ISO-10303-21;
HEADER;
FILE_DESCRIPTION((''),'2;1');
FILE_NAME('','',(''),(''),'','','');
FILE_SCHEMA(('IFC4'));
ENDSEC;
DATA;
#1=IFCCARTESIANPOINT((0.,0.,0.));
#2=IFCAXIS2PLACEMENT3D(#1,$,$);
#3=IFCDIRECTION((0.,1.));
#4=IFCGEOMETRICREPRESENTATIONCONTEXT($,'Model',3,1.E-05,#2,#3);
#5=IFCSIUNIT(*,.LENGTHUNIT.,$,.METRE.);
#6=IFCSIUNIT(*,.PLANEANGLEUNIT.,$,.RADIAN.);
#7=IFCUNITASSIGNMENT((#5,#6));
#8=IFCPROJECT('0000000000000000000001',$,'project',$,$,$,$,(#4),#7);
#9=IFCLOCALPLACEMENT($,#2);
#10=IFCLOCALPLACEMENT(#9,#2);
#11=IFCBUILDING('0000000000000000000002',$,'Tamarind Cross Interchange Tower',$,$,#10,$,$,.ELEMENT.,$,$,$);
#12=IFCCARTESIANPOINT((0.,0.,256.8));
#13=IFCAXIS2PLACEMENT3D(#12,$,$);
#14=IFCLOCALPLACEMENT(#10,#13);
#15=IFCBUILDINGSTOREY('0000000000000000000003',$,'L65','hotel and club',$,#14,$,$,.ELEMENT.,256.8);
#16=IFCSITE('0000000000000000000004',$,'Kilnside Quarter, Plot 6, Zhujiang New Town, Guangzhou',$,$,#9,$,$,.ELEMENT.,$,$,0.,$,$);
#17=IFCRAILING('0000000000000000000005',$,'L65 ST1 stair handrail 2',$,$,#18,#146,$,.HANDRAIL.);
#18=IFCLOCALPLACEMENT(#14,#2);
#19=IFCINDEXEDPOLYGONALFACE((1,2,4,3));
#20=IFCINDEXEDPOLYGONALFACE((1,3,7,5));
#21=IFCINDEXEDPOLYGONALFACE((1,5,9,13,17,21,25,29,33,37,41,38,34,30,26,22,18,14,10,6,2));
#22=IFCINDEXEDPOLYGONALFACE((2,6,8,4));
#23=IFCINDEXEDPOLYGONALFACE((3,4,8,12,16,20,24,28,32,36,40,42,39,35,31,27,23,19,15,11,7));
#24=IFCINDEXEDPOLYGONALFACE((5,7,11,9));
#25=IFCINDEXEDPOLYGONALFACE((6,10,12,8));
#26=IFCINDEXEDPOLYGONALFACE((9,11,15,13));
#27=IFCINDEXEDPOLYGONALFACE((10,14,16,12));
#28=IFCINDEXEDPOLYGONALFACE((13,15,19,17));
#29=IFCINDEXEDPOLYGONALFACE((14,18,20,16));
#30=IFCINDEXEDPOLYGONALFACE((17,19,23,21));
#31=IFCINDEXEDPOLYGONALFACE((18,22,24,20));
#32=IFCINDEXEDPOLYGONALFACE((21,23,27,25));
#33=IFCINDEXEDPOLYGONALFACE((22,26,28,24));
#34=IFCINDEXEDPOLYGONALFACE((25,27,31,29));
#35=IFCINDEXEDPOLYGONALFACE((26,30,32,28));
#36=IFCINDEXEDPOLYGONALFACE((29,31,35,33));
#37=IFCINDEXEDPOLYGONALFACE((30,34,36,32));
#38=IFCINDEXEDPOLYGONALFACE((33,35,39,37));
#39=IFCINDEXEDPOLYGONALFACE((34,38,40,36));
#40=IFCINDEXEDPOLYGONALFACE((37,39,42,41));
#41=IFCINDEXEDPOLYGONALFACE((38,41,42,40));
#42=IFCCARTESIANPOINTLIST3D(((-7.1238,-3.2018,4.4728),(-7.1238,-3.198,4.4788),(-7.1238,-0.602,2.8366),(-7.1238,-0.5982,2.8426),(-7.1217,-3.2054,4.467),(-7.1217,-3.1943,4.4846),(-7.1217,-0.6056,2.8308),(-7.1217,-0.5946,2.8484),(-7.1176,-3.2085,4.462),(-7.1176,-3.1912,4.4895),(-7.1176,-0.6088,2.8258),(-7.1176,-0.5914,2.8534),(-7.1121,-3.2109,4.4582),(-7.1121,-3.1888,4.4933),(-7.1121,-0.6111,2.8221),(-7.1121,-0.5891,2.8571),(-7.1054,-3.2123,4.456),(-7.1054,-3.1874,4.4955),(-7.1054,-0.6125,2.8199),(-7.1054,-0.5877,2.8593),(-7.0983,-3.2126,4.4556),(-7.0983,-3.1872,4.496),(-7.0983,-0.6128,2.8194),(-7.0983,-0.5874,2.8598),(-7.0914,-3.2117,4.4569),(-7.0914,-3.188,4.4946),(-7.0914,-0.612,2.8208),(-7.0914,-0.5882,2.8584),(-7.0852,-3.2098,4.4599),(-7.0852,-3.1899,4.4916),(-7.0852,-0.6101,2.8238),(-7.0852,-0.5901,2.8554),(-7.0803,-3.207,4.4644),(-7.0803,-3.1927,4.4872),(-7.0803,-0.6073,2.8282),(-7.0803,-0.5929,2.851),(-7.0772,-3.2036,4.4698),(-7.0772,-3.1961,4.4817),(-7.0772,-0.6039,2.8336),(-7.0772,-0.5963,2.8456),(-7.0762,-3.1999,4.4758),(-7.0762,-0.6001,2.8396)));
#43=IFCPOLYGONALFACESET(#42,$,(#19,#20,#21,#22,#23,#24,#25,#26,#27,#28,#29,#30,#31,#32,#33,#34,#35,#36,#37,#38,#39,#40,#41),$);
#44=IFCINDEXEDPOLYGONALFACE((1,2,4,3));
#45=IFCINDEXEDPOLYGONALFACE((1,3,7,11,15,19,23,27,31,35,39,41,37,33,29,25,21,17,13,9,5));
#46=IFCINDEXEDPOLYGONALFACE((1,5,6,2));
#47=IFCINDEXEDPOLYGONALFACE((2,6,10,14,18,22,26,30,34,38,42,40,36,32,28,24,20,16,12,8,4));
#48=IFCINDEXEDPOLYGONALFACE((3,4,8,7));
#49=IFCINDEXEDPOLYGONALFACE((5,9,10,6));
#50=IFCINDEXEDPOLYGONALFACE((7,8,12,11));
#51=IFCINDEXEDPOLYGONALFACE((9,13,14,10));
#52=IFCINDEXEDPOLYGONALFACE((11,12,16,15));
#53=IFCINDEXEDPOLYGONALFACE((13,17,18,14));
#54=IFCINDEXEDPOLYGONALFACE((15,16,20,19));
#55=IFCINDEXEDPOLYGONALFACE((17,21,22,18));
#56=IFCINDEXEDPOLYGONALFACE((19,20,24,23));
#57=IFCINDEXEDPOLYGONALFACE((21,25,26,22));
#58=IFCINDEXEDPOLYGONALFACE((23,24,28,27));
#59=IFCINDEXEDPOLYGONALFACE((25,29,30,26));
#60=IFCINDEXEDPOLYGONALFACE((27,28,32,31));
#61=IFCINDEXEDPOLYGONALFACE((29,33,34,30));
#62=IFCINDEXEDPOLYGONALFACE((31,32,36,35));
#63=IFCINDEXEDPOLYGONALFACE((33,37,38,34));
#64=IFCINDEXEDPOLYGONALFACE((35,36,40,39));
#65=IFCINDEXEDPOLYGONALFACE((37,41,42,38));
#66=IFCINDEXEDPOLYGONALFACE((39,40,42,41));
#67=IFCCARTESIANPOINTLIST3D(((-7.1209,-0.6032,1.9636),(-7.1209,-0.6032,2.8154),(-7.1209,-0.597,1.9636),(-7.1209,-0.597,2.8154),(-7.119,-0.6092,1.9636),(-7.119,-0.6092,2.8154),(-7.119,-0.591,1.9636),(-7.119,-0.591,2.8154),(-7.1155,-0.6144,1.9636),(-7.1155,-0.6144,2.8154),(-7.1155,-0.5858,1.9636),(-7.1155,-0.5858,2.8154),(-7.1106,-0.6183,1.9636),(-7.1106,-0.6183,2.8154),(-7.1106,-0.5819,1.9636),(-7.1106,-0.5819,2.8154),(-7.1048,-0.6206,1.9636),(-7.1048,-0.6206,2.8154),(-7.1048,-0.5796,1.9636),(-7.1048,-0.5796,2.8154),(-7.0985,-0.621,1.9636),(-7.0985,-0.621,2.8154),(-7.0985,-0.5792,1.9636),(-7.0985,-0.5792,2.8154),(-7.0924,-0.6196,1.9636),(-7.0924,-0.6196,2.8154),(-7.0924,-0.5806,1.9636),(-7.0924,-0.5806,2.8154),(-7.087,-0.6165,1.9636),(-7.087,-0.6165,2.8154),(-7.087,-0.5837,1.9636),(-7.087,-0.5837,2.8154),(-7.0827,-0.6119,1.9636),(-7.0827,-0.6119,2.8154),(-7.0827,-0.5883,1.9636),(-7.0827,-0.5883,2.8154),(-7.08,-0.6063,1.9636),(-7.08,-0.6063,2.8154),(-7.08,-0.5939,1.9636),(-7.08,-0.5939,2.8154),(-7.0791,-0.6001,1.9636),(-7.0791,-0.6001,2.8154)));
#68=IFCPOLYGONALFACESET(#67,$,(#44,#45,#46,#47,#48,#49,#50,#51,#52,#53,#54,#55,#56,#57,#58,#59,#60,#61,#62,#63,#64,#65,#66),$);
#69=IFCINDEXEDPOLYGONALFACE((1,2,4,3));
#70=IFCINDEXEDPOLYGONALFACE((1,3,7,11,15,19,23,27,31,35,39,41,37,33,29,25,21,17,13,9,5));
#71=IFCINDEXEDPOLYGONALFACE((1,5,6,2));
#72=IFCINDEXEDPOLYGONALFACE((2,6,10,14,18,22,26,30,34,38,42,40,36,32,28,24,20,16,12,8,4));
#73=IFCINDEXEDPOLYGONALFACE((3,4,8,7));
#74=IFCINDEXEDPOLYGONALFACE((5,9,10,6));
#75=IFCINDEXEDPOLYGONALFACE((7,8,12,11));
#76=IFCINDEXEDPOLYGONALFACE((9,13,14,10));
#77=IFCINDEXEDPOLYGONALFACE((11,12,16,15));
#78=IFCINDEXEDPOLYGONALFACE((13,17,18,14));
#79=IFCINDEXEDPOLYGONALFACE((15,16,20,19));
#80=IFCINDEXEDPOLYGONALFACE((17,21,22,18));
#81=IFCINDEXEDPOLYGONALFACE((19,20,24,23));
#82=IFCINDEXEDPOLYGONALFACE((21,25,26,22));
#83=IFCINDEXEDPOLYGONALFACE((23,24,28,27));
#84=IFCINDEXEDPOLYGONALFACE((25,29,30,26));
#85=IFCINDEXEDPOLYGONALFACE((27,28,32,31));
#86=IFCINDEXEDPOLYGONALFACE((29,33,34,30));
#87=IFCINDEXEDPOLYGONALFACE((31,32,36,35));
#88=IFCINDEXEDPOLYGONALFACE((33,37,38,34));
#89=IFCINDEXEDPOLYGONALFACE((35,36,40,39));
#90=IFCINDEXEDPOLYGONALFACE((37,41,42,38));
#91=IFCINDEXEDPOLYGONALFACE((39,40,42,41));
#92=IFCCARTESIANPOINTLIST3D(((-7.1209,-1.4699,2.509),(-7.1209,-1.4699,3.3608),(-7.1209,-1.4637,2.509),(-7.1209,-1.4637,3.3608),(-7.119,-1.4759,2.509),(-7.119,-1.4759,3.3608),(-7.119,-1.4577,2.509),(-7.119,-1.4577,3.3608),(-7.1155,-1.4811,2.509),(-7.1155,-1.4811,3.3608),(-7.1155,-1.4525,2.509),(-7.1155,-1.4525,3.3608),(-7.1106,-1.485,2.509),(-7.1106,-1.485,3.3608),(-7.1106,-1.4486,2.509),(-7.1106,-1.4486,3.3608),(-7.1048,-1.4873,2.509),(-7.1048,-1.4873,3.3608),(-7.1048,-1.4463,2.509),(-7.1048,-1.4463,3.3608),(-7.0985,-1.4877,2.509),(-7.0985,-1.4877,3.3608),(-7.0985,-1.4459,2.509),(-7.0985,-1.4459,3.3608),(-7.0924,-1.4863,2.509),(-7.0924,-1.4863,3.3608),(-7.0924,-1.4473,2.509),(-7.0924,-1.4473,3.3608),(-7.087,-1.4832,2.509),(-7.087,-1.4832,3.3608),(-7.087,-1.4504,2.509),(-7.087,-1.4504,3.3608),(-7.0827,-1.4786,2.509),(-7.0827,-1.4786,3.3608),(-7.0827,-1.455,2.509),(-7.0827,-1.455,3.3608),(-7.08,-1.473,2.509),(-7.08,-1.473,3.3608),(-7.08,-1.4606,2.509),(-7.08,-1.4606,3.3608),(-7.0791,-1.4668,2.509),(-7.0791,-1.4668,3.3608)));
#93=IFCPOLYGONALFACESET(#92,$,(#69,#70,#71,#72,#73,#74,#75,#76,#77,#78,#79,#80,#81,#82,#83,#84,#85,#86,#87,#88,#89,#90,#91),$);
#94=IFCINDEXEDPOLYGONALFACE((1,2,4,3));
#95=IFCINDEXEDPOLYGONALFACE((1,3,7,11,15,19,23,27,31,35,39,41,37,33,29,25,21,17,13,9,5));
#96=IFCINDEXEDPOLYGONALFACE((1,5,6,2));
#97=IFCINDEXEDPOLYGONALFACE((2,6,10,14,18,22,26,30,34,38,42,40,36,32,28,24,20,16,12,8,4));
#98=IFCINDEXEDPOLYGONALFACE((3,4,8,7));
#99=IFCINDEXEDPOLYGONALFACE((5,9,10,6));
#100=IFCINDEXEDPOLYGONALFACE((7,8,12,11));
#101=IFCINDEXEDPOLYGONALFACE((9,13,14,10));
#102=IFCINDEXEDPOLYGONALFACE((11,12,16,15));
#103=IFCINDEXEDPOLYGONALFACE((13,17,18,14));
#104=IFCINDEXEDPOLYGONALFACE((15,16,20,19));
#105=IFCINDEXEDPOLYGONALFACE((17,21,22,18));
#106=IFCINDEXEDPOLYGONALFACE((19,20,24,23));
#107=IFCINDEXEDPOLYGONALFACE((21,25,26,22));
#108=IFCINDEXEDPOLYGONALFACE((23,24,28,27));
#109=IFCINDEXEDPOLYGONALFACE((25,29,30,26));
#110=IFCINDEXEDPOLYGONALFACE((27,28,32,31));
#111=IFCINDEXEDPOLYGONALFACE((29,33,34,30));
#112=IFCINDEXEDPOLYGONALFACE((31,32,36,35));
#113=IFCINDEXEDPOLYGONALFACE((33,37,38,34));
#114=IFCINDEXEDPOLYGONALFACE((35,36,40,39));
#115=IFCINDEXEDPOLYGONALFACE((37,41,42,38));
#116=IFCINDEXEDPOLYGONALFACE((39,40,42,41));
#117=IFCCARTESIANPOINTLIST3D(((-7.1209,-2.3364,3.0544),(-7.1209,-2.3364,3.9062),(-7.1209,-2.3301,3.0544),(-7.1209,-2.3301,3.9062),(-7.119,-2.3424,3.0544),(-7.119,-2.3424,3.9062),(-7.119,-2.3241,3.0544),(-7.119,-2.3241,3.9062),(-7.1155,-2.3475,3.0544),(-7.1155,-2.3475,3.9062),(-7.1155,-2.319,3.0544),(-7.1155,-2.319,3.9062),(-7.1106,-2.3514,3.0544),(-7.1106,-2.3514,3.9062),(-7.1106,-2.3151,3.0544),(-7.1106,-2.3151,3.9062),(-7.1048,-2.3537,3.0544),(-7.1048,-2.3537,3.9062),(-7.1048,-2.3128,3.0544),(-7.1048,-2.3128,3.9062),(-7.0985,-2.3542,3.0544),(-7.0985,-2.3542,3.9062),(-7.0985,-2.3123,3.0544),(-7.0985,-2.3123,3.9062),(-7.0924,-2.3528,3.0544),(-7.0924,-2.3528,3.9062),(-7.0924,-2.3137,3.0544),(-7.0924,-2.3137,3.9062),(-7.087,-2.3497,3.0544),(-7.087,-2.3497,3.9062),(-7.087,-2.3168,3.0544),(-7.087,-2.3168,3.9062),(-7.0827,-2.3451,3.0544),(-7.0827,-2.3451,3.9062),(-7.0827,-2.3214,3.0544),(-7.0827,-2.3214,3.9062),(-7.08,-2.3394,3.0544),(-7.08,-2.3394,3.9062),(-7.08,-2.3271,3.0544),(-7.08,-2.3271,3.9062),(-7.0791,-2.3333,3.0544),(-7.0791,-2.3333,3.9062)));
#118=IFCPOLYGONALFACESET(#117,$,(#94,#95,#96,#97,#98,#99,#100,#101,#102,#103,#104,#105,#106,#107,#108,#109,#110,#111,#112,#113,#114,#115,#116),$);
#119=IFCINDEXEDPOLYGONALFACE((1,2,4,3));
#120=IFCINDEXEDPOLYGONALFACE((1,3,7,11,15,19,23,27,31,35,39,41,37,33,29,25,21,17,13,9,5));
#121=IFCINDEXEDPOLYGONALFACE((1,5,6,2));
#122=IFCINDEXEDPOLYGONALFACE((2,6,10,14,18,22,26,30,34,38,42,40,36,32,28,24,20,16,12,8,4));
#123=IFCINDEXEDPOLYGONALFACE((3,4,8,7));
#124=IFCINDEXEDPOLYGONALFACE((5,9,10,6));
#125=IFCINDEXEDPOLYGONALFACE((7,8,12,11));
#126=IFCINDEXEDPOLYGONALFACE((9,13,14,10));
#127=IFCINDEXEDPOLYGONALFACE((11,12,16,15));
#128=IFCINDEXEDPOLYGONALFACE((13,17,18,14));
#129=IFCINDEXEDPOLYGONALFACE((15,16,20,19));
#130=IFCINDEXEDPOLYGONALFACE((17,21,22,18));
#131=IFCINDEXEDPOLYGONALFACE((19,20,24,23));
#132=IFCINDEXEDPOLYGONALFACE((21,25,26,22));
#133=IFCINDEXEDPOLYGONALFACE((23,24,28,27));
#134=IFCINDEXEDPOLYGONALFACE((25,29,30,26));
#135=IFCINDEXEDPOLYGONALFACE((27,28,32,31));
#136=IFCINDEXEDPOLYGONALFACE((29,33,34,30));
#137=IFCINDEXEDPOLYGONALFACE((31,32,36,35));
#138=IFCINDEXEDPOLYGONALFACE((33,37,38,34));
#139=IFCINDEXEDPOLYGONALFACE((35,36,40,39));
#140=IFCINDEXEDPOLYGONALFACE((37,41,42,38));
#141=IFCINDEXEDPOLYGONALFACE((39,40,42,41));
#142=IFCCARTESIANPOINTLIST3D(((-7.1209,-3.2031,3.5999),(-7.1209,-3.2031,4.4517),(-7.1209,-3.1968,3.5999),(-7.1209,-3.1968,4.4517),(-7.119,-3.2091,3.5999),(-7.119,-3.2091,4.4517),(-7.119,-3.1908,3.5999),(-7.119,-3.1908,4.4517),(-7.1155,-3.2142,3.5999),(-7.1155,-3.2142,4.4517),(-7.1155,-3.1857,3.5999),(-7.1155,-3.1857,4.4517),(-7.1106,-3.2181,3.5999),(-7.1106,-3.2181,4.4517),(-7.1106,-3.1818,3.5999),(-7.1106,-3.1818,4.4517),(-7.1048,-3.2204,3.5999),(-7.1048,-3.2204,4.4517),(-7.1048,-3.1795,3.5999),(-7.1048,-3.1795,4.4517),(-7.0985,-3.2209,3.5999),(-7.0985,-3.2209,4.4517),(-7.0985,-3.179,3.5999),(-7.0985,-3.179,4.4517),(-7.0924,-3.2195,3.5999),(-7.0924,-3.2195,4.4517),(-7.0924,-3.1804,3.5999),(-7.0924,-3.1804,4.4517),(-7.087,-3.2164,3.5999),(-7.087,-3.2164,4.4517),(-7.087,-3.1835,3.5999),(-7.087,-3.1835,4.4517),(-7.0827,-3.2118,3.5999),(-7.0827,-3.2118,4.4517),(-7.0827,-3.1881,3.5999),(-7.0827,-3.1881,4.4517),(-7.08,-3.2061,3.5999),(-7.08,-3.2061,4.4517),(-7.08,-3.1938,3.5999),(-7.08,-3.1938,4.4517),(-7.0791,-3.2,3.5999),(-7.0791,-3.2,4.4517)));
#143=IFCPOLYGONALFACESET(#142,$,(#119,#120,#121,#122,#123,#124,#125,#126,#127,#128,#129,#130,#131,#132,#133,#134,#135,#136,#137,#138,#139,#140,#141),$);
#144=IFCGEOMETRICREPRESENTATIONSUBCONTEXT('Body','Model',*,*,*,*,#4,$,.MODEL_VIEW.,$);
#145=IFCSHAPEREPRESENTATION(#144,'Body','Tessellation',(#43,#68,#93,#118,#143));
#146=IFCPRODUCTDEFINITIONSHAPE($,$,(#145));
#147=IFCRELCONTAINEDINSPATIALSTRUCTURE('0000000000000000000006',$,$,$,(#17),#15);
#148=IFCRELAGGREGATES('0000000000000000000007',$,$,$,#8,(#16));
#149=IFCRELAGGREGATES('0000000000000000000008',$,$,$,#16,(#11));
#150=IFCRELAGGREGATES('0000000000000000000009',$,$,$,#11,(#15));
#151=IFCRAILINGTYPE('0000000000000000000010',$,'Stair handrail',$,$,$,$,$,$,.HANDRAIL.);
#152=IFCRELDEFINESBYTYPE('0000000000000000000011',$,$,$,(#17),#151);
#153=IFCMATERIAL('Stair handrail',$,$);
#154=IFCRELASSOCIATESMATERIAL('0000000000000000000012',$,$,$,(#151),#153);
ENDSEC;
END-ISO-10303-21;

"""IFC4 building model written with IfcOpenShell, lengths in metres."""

from ifc_helpers import new_model, si_unit, direction, frame, origin, origin_2d, place, context, subcontext, project, spatial, circle, extrude, material, type_object, element, save


model = new_model("IFC4")

# Units and contexts
model_context = context("Model", 3, precision=1e-05, world=origin(), true_north=direction((0.0, 1.0)))
body_context = subcontext(model_context, "Body", "Model", "MODEL_VIEW")
ifc_project = project(units=[si_unit("LENGTHUNIT", "METRE"), si_unit("PLANEANGLEUNIT", "RADIAN")], contexts=[model_context])

# Site, building, storey
site_placement = place(None, origin())
site = spatial("IfcSite", under=ifc_project, at=site_placement, Name="Kilnside Quarter, Plot 6, Zhujiang New Town, Guangzhou", CompositionType="ELEMENT", RefElevation=0.0)
building_placement = place(site_placement, origin())
building = spatial("IfcBuilding", under=site, at=building_placement, Name="Tamarind Cross Interchange Tower", CompositionType="ELEMENT")
storey_placement = place(building_placement, frame((0.0, 0.0, 256.8)))
storey = spatial("IfcBuildingStorey", under=building, at=storey_placement, Name="L65", Description="hotel and club", CompositionType="ELEMENT", Elevation=256.8)

# Railing
ifc_material_1 = material(Name="Stair handrail")
railing_type_1 = type_object("IfcRailingType", Name="Stair handrail", PredefinedType="HANDRAIL", material=ifc_material_1)
railing_1_placement = place(storey_placement, frame((-7.1001, -0.6001, 1.9636)))
element("IfcRailing", 1, at=railing_1_placement, inside=storey, type_object=railing_type_1, Name="L65 ST1 stair handrail 2", PredefinedType="HANDRAIL", context=body_context, shape_type="SweptSolid", body=[
    extrude(circle(Radius=0.0239, at=origin_2d()), frame((0.0, 0.0, 0.876), z_axis=(0.0, -0.846338, 0.532647), x_axis=(1.0, 0.0, 0.0)), (0.0, 0.0, 1.0), 3.0718),
    extrude(circle(Radius=0.021, at=origin_2d()), origin(), (0.0, 0.0, 1.0), 0.8518),
    extrude(circle(Radius=0.021, at=origin_2d()), frame((0.0, -0.8667, 0.5454)), (0.0, 0.0, 1.0), 0.8518),
    extrude(circle(Radius=0.021, at=origin_2d()), frame((0.0, -1.7332, 1.0908)), (0.0, 0.0, 1.0), 0.8518),
    extrude(circle(Radius=0.021, at=origin_2d()), frame((0.0, -2.5999, 1.6362)), (0.0, 0.0, 1.0), 0.8518),
])

save(model, "model.ifc")
